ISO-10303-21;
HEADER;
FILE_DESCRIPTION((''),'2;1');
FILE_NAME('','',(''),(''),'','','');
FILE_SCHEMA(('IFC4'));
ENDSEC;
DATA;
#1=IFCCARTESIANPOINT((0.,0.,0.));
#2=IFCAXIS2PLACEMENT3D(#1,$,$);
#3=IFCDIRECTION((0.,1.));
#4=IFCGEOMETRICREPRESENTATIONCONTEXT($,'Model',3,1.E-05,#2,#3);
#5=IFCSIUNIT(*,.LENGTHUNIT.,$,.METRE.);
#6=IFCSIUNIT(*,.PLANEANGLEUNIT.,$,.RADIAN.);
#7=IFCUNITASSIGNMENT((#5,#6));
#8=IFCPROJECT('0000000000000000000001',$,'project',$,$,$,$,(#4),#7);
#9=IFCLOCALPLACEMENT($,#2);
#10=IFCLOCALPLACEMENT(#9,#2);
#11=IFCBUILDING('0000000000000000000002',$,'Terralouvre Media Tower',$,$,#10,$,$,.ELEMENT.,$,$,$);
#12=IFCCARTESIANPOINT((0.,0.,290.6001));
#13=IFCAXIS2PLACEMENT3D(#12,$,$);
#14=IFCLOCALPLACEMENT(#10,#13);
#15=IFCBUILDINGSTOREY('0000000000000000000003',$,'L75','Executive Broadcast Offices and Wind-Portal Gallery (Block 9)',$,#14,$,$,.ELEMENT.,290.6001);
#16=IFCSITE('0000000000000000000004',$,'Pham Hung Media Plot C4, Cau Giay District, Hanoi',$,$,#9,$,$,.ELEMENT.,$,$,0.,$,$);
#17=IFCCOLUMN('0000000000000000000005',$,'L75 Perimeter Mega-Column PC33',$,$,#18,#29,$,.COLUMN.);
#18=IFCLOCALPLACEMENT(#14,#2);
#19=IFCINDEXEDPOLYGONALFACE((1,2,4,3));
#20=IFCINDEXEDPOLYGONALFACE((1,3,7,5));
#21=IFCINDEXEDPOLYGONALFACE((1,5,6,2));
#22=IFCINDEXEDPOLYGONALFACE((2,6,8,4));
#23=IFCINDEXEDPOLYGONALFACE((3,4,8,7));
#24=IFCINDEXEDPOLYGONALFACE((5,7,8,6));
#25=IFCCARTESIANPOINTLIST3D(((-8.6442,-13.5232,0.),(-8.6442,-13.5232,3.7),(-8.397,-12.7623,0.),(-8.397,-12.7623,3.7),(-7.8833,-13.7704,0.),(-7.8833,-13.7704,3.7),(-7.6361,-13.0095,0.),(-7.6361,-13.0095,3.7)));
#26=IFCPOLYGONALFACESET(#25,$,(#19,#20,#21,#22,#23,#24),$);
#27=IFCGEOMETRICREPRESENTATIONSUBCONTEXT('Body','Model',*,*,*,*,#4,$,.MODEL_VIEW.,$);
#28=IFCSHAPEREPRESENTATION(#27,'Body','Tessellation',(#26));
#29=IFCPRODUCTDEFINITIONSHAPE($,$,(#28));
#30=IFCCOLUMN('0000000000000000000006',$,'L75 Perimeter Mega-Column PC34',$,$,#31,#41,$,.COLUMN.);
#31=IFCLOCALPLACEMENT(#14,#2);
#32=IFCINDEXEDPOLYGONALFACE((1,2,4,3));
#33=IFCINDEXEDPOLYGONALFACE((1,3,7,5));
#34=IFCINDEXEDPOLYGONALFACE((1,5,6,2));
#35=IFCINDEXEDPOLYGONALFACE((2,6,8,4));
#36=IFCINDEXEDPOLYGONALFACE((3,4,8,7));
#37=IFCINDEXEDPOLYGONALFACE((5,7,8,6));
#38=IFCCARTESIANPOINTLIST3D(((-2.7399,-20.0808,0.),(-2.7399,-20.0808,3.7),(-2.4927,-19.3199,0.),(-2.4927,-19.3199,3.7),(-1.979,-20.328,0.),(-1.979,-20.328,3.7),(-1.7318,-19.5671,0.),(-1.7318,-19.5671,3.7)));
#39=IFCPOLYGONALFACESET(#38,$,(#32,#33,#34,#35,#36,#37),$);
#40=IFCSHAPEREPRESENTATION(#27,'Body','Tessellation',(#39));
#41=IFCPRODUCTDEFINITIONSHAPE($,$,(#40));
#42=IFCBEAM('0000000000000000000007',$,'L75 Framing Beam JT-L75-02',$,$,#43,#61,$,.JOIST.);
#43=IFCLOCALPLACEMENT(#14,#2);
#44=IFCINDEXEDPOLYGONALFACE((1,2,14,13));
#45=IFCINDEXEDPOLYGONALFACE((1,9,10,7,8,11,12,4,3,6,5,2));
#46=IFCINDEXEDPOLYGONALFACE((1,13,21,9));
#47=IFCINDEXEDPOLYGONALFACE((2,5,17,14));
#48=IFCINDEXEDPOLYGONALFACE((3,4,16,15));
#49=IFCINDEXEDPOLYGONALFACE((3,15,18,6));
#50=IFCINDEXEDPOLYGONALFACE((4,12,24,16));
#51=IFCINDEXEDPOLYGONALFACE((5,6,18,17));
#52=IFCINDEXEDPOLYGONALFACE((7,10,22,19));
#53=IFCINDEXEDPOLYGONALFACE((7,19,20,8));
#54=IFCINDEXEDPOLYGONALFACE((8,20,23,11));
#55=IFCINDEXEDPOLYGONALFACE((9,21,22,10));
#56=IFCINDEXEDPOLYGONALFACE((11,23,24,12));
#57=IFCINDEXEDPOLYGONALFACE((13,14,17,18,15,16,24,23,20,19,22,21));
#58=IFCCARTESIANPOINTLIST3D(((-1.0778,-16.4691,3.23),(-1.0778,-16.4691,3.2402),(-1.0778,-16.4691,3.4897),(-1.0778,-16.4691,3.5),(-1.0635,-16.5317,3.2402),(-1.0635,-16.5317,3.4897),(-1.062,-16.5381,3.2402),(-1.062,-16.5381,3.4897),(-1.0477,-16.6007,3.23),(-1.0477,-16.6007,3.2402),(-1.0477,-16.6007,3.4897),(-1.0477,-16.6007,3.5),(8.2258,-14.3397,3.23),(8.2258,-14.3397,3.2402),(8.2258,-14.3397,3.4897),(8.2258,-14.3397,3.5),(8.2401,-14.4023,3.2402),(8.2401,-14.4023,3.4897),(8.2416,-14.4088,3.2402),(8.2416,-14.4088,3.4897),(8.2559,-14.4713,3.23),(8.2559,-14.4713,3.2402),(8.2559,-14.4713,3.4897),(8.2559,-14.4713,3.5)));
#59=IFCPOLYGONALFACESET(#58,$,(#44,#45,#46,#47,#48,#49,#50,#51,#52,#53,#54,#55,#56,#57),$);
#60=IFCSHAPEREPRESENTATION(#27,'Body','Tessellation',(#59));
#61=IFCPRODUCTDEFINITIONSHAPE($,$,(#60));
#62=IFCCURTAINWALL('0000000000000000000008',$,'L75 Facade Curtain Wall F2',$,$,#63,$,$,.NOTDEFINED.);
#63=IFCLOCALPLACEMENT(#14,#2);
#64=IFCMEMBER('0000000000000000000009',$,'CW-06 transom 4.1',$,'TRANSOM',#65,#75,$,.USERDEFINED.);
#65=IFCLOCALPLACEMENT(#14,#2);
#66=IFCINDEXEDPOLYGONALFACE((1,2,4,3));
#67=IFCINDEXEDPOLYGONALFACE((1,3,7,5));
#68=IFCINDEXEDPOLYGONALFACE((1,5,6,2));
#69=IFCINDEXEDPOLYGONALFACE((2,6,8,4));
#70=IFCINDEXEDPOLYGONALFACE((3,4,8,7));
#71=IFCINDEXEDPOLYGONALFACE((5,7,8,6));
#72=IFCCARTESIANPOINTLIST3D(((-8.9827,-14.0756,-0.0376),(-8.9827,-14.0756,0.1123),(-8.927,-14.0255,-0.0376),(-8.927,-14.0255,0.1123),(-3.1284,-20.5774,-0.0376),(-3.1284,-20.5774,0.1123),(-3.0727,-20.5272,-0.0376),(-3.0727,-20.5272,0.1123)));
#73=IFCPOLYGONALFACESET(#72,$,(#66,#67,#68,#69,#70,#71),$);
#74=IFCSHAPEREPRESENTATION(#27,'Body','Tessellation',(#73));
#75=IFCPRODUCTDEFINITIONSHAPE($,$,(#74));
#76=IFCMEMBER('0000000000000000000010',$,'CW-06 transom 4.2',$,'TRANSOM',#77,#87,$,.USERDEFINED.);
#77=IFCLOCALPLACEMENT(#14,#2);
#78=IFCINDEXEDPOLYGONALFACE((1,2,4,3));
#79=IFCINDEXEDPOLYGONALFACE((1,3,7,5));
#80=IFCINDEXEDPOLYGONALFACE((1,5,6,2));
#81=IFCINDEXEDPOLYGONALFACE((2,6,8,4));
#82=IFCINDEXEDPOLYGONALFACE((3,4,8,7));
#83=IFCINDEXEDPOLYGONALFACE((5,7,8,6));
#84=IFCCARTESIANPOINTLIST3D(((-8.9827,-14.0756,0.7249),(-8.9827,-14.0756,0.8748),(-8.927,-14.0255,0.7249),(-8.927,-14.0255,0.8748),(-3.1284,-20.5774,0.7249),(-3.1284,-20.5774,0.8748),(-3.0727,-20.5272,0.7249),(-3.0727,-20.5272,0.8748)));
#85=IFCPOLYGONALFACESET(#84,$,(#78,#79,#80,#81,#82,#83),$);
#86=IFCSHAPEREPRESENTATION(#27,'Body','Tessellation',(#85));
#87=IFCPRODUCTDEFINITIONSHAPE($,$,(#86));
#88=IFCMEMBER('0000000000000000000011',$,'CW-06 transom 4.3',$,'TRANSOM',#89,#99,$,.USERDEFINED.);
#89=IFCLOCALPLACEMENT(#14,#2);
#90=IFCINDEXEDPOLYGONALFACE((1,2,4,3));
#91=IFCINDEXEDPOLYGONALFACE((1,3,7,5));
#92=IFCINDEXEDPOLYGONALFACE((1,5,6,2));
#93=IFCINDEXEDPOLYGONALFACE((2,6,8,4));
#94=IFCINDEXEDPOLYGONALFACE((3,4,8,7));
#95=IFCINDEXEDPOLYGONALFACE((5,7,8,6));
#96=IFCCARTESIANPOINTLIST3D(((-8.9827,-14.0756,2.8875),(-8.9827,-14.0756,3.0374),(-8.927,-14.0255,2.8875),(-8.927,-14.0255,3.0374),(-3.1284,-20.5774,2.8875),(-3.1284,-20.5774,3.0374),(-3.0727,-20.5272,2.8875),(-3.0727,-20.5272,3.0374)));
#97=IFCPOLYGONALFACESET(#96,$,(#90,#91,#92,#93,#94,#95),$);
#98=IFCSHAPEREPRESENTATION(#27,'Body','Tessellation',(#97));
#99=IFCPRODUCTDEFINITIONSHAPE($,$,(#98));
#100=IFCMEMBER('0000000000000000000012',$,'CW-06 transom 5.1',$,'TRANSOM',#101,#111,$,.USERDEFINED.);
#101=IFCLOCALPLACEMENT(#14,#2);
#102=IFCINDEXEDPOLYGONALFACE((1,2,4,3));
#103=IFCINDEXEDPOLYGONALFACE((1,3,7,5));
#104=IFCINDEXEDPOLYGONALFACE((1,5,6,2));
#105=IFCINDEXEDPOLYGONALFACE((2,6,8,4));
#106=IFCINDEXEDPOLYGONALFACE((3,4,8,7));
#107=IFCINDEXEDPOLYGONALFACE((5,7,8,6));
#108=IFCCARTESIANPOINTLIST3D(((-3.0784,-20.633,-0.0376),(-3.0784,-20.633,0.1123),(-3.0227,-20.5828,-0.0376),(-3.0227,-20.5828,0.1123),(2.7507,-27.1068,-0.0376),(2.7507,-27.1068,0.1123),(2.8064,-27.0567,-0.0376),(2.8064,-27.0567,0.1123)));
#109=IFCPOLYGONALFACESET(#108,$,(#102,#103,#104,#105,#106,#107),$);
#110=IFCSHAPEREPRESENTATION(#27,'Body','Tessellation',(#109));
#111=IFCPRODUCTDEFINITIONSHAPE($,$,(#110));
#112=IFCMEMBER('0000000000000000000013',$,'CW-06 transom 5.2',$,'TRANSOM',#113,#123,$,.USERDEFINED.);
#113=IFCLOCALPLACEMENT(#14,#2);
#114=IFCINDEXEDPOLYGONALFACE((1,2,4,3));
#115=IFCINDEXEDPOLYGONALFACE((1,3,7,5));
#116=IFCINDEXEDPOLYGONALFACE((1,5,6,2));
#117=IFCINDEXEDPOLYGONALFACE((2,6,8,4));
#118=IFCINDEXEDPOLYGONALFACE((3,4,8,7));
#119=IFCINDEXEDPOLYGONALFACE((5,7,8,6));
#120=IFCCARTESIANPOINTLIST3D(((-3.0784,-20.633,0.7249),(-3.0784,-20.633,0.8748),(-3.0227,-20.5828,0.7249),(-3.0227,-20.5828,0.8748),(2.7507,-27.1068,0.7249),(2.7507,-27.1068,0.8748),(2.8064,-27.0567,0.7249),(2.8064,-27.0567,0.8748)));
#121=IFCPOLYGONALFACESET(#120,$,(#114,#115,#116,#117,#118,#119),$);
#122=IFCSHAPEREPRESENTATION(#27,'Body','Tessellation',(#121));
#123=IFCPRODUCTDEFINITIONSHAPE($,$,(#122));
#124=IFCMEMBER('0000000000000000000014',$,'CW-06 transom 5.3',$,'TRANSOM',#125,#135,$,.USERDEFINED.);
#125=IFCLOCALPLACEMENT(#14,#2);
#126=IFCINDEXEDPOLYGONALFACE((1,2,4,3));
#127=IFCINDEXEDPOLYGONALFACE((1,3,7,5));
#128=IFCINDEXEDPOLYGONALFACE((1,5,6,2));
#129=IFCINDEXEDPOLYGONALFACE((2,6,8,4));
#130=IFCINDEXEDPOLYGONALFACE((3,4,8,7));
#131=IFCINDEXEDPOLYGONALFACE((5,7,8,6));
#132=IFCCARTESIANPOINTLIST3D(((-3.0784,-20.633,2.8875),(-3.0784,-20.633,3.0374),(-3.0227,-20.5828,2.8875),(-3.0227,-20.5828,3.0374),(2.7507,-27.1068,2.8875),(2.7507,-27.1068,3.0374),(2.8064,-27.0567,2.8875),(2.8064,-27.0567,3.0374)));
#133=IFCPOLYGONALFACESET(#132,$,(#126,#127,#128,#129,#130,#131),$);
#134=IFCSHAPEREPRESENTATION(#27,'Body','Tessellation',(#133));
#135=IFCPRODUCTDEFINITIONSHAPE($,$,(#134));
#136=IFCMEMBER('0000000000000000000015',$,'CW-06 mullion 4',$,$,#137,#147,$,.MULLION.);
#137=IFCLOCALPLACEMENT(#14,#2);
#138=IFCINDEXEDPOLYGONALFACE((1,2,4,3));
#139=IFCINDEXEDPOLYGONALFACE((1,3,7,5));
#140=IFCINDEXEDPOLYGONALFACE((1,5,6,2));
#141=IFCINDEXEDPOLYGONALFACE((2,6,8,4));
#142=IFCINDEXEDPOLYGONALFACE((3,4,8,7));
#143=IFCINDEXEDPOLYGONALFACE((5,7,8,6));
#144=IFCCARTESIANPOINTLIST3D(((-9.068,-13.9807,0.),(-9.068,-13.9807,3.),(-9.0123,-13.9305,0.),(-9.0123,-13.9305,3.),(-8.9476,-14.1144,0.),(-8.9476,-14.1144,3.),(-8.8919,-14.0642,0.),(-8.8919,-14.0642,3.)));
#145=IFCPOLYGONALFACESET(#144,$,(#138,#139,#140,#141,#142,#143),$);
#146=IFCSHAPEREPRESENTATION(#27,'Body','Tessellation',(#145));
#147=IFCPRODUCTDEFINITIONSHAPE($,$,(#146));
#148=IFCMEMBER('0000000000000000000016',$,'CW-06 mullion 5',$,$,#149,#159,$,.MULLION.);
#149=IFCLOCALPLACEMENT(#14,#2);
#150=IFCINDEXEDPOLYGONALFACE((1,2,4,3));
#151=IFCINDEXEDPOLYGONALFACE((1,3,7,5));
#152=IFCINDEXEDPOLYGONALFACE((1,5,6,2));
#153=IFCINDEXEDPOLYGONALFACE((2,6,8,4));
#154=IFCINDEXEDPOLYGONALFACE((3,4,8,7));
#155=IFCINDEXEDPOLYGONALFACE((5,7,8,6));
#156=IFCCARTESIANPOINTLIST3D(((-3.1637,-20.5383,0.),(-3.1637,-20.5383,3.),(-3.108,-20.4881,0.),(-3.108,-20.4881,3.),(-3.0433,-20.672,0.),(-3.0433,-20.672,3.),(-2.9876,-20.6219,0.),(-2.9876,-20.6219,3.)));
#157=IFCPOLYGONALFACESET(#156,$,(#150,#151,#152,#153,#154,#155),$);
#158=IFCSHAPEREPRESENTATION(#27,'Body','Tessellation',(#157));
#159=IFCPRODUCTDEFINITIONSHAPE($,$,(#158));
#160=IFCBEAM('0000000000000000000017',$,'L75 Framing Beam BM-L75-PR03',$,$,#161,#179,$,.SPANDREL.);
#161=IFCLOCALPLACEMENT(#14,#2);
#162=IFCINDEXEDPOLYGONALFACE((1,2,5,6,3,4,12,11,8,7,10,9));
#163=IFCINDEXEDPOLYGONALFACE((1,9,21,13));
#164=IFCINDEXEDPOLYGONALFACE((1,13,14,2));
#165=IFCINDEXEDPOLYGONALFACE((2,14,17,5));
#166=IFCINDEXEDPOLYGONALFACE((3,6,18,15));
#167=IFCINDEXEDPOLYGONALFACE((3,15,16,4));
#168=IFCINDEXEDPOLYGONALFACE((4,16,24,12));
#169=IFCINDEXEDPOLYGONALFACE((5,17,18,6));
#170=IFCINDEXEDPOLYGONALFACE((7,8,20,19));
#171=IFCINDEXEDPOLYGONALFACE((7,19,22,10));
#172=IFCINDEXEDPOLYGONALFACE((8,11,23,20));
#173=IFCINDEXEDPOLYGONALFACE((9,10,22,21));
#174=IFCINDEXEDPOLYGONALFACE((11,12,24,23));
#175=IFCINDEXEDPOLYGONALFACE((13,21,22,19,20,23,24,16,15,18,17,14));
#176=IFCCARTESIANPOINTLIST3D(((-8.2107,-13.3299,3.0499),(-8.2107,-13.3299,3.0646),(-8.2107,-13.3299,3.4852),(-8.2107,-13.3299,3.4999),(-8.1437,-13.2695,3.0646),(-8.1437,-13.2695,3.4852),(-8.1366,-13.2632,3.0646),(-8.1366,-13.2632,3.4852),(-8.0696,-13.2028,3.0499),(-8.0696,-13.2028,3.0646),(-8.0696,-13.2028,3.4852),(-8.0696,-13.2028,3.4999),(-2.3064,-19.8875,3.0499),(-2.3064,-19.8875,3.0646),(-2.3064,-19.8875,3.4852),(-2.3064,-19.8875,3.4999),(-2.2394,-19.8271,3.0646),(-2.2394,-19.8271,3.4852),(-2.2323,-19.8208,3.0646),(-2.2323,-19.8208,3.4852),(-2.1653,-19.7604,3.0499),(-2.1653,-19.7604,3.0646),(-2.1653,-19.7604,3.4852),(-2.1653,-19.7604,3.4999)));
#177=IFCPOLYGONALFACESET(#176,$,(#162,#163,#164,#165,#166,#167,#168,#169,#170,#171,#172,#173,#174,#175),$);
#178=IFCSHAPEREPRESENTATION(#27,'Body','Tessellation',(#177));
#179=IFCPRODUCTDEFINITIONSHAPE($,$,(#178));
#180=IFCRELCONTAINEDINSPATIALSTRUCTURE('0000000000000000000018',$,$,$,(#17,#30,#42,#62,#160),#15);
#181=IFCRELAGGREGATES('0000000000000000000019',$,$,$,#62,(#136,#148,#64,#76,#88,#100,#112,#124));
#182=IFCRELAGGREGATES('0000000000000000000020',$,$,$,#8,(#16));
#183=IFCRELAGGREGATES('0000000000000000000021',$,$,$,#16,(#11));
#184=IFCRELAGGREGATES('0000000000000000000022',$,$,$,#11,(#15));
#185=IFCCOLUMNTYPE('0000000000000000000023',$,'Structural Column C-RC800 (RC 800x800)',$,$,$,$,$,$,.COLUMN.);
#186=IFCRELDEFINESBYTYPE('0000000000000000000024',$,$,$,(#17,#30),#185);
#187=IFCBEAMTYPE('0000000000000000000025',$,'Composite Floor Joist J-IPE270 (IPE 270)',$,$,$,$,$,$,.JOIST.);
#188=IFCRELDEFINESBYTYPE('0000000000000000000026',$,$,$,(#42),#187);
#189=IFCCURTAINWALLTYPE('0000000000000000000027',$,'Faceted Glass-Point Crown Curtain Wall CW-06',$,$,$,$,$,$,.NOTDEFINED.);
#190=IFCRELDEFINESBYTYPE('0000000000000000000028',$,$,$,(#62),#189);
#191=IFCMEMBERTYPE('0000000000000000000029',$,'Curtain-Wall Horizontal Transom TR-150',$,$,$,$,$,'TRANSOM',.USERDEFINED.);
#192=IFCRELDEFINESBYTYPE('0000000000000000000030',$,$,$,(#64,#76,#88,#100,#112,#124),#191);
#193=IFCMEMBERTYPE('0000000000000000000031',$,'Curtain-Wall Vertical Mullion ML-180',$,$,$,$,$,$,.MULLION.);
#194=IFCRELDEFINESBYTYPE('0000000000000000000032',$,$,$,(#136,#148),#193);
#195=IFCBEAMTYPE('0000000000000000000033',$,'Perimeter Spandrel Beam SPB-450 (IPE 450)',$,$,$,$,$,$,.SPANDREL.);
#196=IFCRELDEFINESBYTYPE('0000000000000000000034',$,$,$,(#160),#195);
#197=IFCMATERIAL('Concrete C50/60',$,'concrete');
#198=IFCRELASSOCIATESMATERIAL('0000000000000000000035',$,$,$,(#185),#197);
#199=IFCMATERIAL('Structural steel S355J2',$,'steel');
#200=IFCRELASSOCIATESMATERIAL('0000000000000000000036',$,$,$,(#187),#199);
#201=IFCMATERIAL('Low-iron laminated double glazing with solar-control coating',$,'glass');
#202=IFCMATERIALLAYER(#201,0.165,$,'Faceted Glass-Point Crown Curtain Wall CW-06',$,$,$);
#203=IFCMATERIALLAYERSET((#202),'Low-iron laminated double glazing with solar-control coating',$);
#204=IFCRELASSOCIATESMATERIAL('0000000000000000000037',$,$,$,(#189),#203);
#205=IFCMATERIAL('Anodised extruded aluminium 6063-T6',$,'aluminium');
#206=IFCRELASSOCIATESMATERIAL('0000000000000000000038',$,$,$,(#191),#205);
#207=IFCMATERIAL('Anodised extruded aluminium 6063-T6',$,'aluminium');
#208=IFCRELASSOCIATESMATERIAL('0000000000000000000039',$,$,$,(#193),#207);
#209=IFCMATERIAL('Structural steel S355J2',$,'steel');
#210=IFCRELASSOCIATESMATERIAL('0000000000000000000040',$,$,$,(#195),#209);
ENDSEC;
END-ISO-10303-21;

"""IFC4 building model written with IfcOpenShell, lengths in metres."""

from ifc_helpers import new_model, si_unit, direction, frame, origin, origin_2d, place, context, subcontext, project, spatial, rectangle, i_section, extrude, material, layer, layer_set, material_profile, profile_set, type_object, element, aggregate, save


model = new_model("IFC4")

# Units and contexts
model_context = context("Model", 3, precision=1e-05, world=origin(), true_north=direction((0.0, 1.0)))
body_context = subcontext(model_context, "Body", "Model", "MODEL_VIEW")
ifc_project = project(units=[si_unit("LENGTHUNIT", "METRE"), si_unit("PLANEANGLEUNIT", "RADIAN")], contexts=[model_context])

# Site, building, storey
site_placement = place(None, origin())
site = spatial("IfcSite", under=ifc_project, at=site_placement, Name="Pham Hung Media Plot C4, Cau Giay District, Hanoi", CompositionType="ELEMENT", RefElevation=0.0)
building_placement = place(site_placement, origin())
building = spatial("IfcBuilding", under=site, at=building_placement, Name="Terralouvre Media Tower", CompositionType="ELEMENT")
storey_placement = place(building_placement, frame((0.0, 0.0, 290.6001)))
storey = spatial("IfcBuildingStorey", under=building, at=storey_placement, Name="L75", Description="Executive Broadcast Offices and Wind-Portal Gallery (Block 9)", CompositionType="ELEMENT", Elevation=290.6001)

# Columns
ifc_material_1 = material(Name="Concrete C50/60", Category="concrete")
ifc_material_profile_1 = material_profile(ifc_material_1, rectangle(XDim=0.8, YDim=0.8, at=origin_2d()), Name="RC 800x800")
ifc_profile_set_1 = profile_set([ifc_material_profile_1], Name="Concrete C50/60")
column_type = type_object("IfcColumnType", Name="Structural Column C-RC800 (RC 800x800)", PredefinedType="COLUMN", material=ifc_profile_set_1)
for number, where, z_axis, x_axis, name in (
    (1, (-8.1401, -13.2664, 0.0), (0.0, 0.0, 1.0), (0.309017, 0.951057, 0.0), "L75 Perimeter Mega-Column PC33"),
    (2, (-2.2358, -19.824, 0.0), (0.0, 0.0, 1.0), (0.309017, 0.951057, 0.0), "L75 Perimeter Mega-Column PC34"),
):
    element("IfcColumn", number, at=place(storey_placement, frame(where, z_axis=z_axis, x_axis=x_axis)), inside=storey, type_object=column_type, Name=name, PredefinedType="COLUMN", context=body_context, shape_type="SweptSolid", body=[
        extrude(rectangle(XDim=0.8, YDim=0.8, at=origin_2d()), origin(), (0.0, 0.0, 1.0), 3.7),
    ])

# Beam
ifc_material_2 = material(Name="Structural steel S355J2", Category="steel")
ifc_material_profile_2 = material_profile(ifc_material_2, i_section(OverallWidth=0.135, OverallDepth=0.27, WebThickness=0.0066, FlangeThickness=0.0103, at=origin_2d()), Name="IPE 270")
ifc_profile_set_2 = profile_set([ifc_material_profile_2], Name="Structural steel S355J2")
beam_type_1 = type_object("IfcBeamType", Name="Composite Floor Joist J-IPE270 (IPE 270)", PredefinedType="JOIST", material=ifc_profile_set_2)
beam_1_placement = place(storey_placement, frame((-1.0627, -16.5349, 3.365), z_axis=(0.974794, 0.223107, 0.0), x_axis=(-0.223107, 0.974794, 0.0)))
element("IfcBeam", 3, at=beam_1_placement, inside=storey, type_object=beam_type_1, Name="L75 Framing Beam JT-L75-02", PredefinedType="JOIST", context=body_context, shape_type="SweptSolid", body=[
    extrude(i_section(OverallWidth=0.135, OverallDepth=0.27, WebThickness=0.0066, FlangeThickness=0.0103, at=origin_2d()), origin(), (0.0, 0.0, 1.0), 9.5442),
])

# Curtain wall, members
ifc_material_3 = material(Name="Low-iron laminated double glazing with solar-control coating", Category="glass")
ifc_layer_1 = layer(ifc_material_3, 0.165, Name="Faceted Glass-Point Crown Curtain Wall CW-06")
ifc_layer_set_1 = layer_set([ifc_layer_1], Name="Low-iron laminated double glazing with solar-control coating")
curtain_wall_type = type_object("IfcCurtainWallType", Name="Faceted Glass-Point Crown Curtain Wall CW-06", PredefinedType="NOTDEFINED", material=ifc_layer_set_1)
curtain_wall_placement = place(storey_placement, origin())
curtain_wall = element("IfcCurtainWall", 4, at=curtain_wall_placement, inside=storey, type_object=curtain_wall_type, Name="L75 Facade Curtain Wall F2", PredefinedType="NOTDEFINED")
ifc_material_4 = material(Name="Anodised extruded aluminium 6063-T6", Category="aluminium")
ifc_material_profile_3 = material_profile(ifc_material_4, rectangle(XDim=0.075, YDim=0.1499, at=origin_2d()), Name="ALU 75x150")
ifc_profile_set_3 = profile_set([ifc_material_profile_3], Name="Anodised extruded aluminium 6063-T6")
member_type_1 = type_object("IfcMemberType", Name="Curtain-Wall Horizontal Transom TR-150", ElementType="TRANSOM", PredefinedType="USERDEFINED", material=ifc_profile_set_3)
member_1_placement = place(storey_placement, frame((-8.9548, -14.0505, 0.0374), z_axis=(0.669136, -0.74314, 0.0), x_axis=(0.74314, 0.669136, 0.0)))
member_1 = element("IfcMember", 5, at=member_1_placement, type_object=member_type_1, Name="CW-06 transom 4.1", ObjectType="TRANSOM", PredefinedType="USERDEFINED", context=body_context, shape_type="SweptSolid", body=[
    extrude(rectangle(XDim=0.075, YDim=0.1499, at=origin_2d()), origin(), (0.0, 0.0, 1.0), 8.749),
])
member_2_placement = place(storey_placement, frame((-8.9548, -14.0505, 0.7998), z_axis=(0.669136, -0.74314, 0.0), x_axis=(0.74314, 0.669136, 0.0)))
member_2 = element("IfcMember", 6, at=member_2_placement, type_object=member_type_1, Name="CW-06 transom 4.2", ObjectType="TRANSOM", PredefinedType="USERDEFINED", context=body_context, shape_type="SweptSolid", body=[
    extrude(rectangle(XDim=0.075, YDim=0.1499, at=origin_2d()), origin(), (0.0, 0.0, 1.0), 8.749),
])
member_3_placement = place(storey_placement, frame((-8.9548, -14.0505, 2.9624), z_axis=(0.669136, -0.74314, 0.0), x_axis=(0.74314, 0.669136, 0.0)))
member_3 = element("IfcMember", 7, at=member_3_placement, type_object=member_type_1, Name="CW-06 transom 4.3", ObjectType="TRANSOM", PredefinedType="USERDEFINED", context=body_context, shape_type="SweptSolid", body=[
    extrude(rectangle(XDim=0.075, YDim=0.1499, at=origin_2d()), origin(), (0.0, 0.0, 1.0), 8.749),
])
member_4_placement = place(storey_placement, frame((-3.0505, -20.6079, 0.0374), z_axis=(0.66913, -0.743145, 0.0), x_axis=(0.743145, 0.66913, 0.0)))
member_4 = element("IfcMember", 8, at=member_4_placement, type_object=member_type_1, Name="CW-06 transom 5.1", ObjectType="TRANSOM", PredefinedType="USERDEFINED", context=body_context, shape_type="SweptSolid", body=[
    extrude(rectangle(XDim=0.075, YDim=0.1499, at=origin_2d()), origin(), (0.0, 0.0, 1.0), 8.7114),
])
member_5_placement = place(storey_placement, frame((-3.0505, -20.6079, 0.7998), z_axis=(0.66913, -0.743145, 0.0), x_axis=(0.743145, 0.66913, 0.0)))
member_5 = element("IfcMember", 9, at=member_5_placement, type_object=member_type_1, Name="CW-06 transom 5.2", ObjectType="TRANSOM", PredefinedType="USERDEFINED", context=body_context, shape_type="SweptSolid", body=[
    extrude(rectangle(XDim=0.075, YDim=0.1499, at=origin_2d()), origin(), (0.0, 0.0, 1.0), 8.7114),
])
member_6_placement = place(storey_placement, frame((-3.0505, -20.6079, 2.9624), z_axis=(0.66913, -0.743145, 0.0), x_axis=(0.743145, 0.66913, 0.0)))
member_6 = element("IfcMember", 10, at=member_6_placement, type_object=member_type_1, Name="CW-06 transom 5.3", ObjectType="TRANSOM", PredefinedType="USERDEFINED", context=body_context, shape_type="SweptSolid", body=[
    extrude(rectangle(XDim=0.075, YDim=0.1499, at=origin_2d()), origin(), (0.0, 0.0, 1.0), 8.7114),
])
ifc_material_5 = material(Name="Anodised extruded aluminium 6063-T6", Category="aluminium")
ifc_material_profile_4 = material_profile(ifc_material_5, rectangle(XDim=0.075, YDim=0.1799, at=origin_2d()), Name="ALU 75x180")
ifc_profile_set_4 = profile_set([ifc_material_profile_4], Name="Anodised extruded aluminium 6063-T6")
member_type_2 = type_object("IfcMemberType", Name="Curtain-Wall Vertical Mullion ML-180", PredefinedType="MULLION", material=ifc_profile_set_4)
member_7_placement = place(storey_placement, frame((-8.98, -14.0225, 0.0), z_axis=(0.0, 0.0, 1.0), x_axis=(0.743145, 0.669131, 0.0)))
member_7 = element("IfcMember", 11, at=member_7_placement, type_object=member_type_2, Name="CW-06 mullion 4", PredefinedType="MULLION", context=body_context, shape_type="SweptSolid", body=[
    extrude(rectangle(XDim=0.075, YDim=0.1799, at=origin_2d()), origin(), (0.0, 0.0, 1.0), 3.0),
])
member_8_placement = place(storey_placement, frame((-3.0757, -20.5801, 0.0), z_axis=(0.0, 0.0, 1.0), x_axis=(0.743145, 0.669131, 0.0)))
member_8 = element("IfcMember", 12, at=member_8_placement, type_object=member_type_2, Name="CW-06 mullion 5", PredefinedType="MULLION", context=body_context, shape_type="SweptSolid", body=[
    extrude(rectangle(XDim=0.075, YDim=0.1799, at=origin_2d()), origin(), (0.0, 0.0, 1.0), 3.0),
])

# Beam
ifc_material_6 = material(Name="Structural steel S355J2", Category="steel")
ifc_material_profile_5 = material_profile(ifc_material_6, i_section(OverallWidth=0.1899, OverallDepth=0.45, WebThickness=0.0095, FlangeThickness=0.0146, at=origin_2d()), Name="IPE 450")
ifc_profile_set_5 = profile_set([ifc_material_profile_5], Name="Structural steel S355J2")
beam_type_2 = type_object("IfcBeamType", Name="Perimeter Spandrel Beam SPB-450 (IPE 450)", PredefinedType="SPANDREL", material=ifc_profile_set_5)
beam_2_placement = place(storey_placement, frame((-8.1401, -13.2664, 3.2749), z_axis=(0.669118, -0.743157, 0.0), x_axis=(0.743157, 0.669118, 0.0)))
element("IfcBeam", 13, at=beam_2_placement, inside=storey, type_object=beam_type_2, Name="L75 Framing Beam BM-L75-PR03", PredefinedType="SPANDREL", context=body_context, shape_type="SweptSolid", body=[
    extrude(i_section(OverallWidth=0.1899, OverallDepth=0.45, WebThickness=0.0095, FlangeThickness=0.0146, at=origin_2d()), origin(), (0.0, 0.0, 1.0), 8.824),
])

aggregate(curtain_wall, [member_7, member_8, member_1, member_2, member_3, member_4, member_5, member_6])

save(model, "model.ifc")
